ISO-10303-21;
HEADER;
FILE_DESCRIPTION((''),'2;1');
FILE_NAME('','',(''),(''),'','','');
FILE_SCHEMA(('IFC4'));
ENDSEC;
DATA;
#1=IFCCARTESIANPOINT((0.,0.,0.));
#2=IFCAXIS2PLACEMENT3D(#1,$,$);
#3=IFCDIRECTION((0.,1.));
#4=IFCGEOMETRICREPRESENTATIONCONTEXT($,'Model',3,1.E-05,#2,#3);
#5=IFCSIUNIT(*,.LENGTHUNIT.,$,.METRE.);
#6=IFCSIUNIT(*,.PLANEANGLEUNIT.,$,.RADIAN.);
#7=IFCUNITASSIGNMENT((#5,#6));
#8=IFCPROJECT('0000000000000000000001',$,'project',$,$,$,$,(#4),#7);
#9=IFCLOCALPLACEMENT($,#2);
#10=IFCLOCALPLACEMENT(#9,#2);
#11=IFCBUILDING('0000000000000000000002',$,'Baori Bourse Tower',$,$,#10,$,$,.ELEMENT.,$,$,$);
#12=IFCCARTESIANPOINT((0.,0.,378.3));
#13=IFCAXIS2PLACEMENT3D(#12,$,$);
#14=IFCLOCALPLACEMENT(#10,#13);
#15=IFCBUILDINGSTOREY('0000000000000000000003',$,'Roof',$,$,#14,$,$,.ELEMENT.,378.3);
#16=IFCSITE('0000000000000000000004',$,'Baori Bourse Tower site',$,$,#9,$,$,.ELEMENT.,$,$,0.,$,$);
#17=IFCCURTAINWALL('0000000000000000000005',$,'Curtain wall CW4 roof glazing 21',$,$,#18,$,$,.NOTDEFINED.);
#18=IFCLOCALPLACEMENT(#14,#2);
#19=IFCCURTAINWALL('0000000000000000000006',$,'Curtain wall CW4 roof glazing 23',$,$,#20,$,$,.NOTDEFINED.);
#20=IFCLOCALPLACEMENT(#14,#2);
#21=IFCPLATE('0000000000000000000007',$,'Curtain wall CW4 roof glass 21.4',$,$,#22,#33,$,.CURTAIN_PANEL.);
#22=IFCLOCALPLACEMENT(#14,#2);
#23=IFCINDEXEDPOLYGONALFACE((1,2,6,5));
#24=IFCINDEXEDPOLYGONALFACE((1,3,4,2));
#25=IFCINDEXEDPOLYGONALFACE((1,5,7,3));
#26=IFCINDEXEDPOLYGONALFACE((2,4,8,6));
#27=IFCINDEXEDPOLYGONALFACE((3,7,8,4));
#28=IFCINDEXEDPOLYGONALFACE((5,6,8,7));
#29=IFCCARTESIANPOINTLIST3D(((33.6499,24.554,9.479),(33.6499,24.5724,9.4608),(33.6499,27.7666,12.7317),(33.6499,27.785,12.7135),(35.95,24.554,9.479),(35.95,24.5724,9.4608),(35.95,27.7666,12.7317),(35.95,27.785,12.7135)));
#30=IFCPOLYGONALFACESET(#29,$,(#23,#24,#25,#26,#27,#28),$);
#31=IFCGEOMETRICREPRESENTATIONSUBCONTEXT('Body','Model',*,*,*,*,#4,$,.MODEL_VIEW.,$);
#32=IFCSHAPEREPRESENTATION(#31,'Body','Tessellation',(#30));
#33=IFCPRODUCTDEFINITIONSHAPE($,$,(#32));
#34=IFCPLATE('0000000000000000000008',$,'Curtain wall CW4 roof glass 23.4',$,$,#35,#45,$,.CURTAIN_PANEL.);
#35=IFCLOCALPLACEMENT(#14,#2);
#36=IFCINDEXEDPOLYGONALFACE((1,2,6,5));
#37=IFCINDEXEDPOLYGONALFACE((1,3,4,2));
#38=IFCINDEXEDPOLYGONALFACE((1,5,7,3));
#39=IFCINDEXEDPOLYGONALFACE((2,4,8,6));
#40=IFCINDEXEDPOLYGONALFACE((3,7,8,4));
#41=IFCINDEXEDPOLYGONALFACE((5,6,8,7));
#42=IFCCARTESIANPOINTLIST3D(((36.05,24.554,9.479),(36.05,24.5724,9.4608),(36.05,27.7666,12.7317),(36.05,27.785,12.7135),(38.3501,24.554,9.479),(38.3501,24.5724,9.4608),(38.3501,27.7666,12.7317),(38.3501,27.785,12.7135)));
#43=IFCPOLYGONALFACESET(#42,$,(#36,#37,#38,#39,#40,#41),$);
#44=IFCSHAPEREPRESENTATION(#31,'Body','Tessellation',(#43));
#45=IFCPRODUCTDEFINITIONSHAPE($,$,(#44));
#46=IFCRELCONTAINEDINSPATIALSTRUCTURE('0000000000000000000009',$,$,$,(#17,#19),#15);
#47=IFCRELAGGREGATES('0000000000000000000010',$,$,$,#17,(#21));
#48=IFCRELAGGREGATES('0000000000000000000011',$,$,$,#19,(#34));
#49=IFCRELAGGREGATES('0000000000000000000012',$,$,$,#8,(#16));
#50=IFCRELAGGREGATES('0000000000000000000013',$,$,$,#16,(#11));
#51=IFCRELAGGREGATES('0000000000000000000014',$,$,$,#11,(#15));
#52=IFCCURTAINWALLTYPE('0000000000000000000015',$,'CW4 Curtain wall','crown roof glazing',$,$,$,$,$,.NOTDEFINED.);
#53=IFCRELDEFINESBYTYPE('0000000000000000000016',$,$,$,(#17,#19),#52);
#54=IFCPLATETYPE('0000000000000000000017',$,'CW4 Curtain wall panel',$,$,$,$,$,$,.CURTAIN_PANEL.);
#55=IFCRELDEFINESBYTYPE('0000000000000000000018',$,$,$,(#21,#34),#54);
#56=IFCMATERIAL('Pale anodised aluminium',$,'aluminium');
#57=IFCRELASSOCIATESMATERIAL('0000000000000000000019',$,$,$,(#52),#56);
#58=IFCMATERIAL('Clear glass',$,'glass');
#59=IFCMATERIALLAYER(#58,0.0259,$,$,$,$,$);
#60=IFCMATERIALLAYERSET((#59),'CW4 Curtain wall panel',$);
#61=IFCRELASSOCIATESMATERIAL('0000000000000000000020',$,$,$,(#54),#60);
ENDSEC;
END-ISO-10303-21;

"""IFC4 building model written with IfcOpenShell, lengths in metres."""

from ifc_helpers import new_model, si_unit, direction, frame, origin, place, context, subcontext, project, spatial, polyline, outline, extrude, material, layer, layer_set, type_object, element, aggregate, save


model = new_model("IFC4")

# Units and contexts
model_context = context("Model", 3, precision=1e-05, world=origin(), true_north=direction((0.0, 1.0)))
body_context = subcontext(model_context, "Body", "Model", "MODEL_VIEW")
ifc_project = project(units=[si_unit("LENGTHUNIT", "METRE"), si_unit("PLANEANGLEUNIT", "RADIAN")], contexts=[model_context])

# Site, building, storey
site_placement = place(None, origin())
site = spatial("IfcSite", under=ifc_project, at=site_placement, Name="Baori Bourse Tower site", CompositionType="ELEMENT", RefElevation=0.0)
building_placement = place(site_placement, origin())
building = spatial("IfcBuilding", under=site, at=building_placement, Name="Baori Bourse Tower", CompositionType="ELEMENT")
storey_placement = place(building_placement, frame((0.0, 0.0, 378.3)))
storey = spatial("IfcBuildingStorey", under=building, at=storey_placement, Name="Roof", CompositionType="ELEMENT", Elevation=378.3)

# Curtain walls
ifc_material_1 = material(Name="Pale anodised aluminium", Category="aluminium")
curtain_wall_type_1 = type_object("IfcCurtainWallType", Name="CW4 Curtain wall", Description="crown roof glazing", PredefinedType="NOTDEFINED", material=ifc_material_1)
curtain_wall_1_placement = place(storey_placement, origin())
curtain_wall_1 = element("IfcCurtainWall", 1, at=curtain_wall_1_placement, inside=storey, type_object=curtain_wall_type_1, Name="Curtain wall CW4 roof glazing 21", PredefinedType="NOTDEFINED")
curtain_wall_2_placement = place(storey_placement, origin())
curtain_wall_2 = element("IfcCurtainWall", 2, at=curtain_wall_2_placement, inside=storey, type_object=curtain_wall_type_1, Name="Curtain wall CW4 roof glazing 23", PredefinedType="NOTDEFINED")

# Plates
ifc_material_2 = material(Name="Clear glass", Category="glass")
ifc_layer_1 = layer(ifc_material_2, 0.0259)
ifc_layer_set_1 = layer_set([ifc_layer_1], Name="CW4 Curtain wall panel")
plate_type_1 = type_object("IfcPlateType", Name="CW4 Curtain wall panel", PredefinedType="CURTAIN_PANEL", material=ifc_layer_set_1)
plate_1_placement = place(storey_placement, frame((33.6499, 24.554, 9.479), z_axis=(0.0, -0.711472, 0.702714), x_axis=(1.0, 0.0, 0.0)))
plate_1 = element("IfcPlate", 3, at=plate_1_placement, type_object=plate_type_1, Name="Curtain wall CW4 roof glass 21.4", PredefinedType="CURTAIN_PANEL", context=body_context, shape_type="SweptSolid", body=[
    extrude(outline(polyline([(0.0, 0.0), (2.3, 0.0), (2.3, 4.5718), (0.0, 4.5718), (0.0, 0.0)])), origin(), (0.0, 0.0, -1.0), 0.0259),
])
aggregate(curtain_wall_1, [plate_1])
plate_2_placement = place(storey_placement, frame((36.05, 24.554, 9.479), z_axis=(0.0, -0.711472, 0.702714), x_axis=(1.0, 0.0, 0.0)))
plate_2 = element("IfcPlate", 4, at=plate_2_placement, type_object=plate_type_1, Name="Curtain wall CW4 roof glass 23.4", PredefinedType="CURTAIN_PANEL", context=body_context, shape_type="SweptSolid", body=[
    extrude(outline(polyline([(0.0, 0.0), (2.3, 0.0), (2.3, 4.5718), (0.0, 4.5718), (0.0, 0.0)])), origin(), (0.0, 0.0, -1.0), 0.0259),
])
aggregate(curtain_wall_2, [plate_2])

save(model, "model.ifc")
